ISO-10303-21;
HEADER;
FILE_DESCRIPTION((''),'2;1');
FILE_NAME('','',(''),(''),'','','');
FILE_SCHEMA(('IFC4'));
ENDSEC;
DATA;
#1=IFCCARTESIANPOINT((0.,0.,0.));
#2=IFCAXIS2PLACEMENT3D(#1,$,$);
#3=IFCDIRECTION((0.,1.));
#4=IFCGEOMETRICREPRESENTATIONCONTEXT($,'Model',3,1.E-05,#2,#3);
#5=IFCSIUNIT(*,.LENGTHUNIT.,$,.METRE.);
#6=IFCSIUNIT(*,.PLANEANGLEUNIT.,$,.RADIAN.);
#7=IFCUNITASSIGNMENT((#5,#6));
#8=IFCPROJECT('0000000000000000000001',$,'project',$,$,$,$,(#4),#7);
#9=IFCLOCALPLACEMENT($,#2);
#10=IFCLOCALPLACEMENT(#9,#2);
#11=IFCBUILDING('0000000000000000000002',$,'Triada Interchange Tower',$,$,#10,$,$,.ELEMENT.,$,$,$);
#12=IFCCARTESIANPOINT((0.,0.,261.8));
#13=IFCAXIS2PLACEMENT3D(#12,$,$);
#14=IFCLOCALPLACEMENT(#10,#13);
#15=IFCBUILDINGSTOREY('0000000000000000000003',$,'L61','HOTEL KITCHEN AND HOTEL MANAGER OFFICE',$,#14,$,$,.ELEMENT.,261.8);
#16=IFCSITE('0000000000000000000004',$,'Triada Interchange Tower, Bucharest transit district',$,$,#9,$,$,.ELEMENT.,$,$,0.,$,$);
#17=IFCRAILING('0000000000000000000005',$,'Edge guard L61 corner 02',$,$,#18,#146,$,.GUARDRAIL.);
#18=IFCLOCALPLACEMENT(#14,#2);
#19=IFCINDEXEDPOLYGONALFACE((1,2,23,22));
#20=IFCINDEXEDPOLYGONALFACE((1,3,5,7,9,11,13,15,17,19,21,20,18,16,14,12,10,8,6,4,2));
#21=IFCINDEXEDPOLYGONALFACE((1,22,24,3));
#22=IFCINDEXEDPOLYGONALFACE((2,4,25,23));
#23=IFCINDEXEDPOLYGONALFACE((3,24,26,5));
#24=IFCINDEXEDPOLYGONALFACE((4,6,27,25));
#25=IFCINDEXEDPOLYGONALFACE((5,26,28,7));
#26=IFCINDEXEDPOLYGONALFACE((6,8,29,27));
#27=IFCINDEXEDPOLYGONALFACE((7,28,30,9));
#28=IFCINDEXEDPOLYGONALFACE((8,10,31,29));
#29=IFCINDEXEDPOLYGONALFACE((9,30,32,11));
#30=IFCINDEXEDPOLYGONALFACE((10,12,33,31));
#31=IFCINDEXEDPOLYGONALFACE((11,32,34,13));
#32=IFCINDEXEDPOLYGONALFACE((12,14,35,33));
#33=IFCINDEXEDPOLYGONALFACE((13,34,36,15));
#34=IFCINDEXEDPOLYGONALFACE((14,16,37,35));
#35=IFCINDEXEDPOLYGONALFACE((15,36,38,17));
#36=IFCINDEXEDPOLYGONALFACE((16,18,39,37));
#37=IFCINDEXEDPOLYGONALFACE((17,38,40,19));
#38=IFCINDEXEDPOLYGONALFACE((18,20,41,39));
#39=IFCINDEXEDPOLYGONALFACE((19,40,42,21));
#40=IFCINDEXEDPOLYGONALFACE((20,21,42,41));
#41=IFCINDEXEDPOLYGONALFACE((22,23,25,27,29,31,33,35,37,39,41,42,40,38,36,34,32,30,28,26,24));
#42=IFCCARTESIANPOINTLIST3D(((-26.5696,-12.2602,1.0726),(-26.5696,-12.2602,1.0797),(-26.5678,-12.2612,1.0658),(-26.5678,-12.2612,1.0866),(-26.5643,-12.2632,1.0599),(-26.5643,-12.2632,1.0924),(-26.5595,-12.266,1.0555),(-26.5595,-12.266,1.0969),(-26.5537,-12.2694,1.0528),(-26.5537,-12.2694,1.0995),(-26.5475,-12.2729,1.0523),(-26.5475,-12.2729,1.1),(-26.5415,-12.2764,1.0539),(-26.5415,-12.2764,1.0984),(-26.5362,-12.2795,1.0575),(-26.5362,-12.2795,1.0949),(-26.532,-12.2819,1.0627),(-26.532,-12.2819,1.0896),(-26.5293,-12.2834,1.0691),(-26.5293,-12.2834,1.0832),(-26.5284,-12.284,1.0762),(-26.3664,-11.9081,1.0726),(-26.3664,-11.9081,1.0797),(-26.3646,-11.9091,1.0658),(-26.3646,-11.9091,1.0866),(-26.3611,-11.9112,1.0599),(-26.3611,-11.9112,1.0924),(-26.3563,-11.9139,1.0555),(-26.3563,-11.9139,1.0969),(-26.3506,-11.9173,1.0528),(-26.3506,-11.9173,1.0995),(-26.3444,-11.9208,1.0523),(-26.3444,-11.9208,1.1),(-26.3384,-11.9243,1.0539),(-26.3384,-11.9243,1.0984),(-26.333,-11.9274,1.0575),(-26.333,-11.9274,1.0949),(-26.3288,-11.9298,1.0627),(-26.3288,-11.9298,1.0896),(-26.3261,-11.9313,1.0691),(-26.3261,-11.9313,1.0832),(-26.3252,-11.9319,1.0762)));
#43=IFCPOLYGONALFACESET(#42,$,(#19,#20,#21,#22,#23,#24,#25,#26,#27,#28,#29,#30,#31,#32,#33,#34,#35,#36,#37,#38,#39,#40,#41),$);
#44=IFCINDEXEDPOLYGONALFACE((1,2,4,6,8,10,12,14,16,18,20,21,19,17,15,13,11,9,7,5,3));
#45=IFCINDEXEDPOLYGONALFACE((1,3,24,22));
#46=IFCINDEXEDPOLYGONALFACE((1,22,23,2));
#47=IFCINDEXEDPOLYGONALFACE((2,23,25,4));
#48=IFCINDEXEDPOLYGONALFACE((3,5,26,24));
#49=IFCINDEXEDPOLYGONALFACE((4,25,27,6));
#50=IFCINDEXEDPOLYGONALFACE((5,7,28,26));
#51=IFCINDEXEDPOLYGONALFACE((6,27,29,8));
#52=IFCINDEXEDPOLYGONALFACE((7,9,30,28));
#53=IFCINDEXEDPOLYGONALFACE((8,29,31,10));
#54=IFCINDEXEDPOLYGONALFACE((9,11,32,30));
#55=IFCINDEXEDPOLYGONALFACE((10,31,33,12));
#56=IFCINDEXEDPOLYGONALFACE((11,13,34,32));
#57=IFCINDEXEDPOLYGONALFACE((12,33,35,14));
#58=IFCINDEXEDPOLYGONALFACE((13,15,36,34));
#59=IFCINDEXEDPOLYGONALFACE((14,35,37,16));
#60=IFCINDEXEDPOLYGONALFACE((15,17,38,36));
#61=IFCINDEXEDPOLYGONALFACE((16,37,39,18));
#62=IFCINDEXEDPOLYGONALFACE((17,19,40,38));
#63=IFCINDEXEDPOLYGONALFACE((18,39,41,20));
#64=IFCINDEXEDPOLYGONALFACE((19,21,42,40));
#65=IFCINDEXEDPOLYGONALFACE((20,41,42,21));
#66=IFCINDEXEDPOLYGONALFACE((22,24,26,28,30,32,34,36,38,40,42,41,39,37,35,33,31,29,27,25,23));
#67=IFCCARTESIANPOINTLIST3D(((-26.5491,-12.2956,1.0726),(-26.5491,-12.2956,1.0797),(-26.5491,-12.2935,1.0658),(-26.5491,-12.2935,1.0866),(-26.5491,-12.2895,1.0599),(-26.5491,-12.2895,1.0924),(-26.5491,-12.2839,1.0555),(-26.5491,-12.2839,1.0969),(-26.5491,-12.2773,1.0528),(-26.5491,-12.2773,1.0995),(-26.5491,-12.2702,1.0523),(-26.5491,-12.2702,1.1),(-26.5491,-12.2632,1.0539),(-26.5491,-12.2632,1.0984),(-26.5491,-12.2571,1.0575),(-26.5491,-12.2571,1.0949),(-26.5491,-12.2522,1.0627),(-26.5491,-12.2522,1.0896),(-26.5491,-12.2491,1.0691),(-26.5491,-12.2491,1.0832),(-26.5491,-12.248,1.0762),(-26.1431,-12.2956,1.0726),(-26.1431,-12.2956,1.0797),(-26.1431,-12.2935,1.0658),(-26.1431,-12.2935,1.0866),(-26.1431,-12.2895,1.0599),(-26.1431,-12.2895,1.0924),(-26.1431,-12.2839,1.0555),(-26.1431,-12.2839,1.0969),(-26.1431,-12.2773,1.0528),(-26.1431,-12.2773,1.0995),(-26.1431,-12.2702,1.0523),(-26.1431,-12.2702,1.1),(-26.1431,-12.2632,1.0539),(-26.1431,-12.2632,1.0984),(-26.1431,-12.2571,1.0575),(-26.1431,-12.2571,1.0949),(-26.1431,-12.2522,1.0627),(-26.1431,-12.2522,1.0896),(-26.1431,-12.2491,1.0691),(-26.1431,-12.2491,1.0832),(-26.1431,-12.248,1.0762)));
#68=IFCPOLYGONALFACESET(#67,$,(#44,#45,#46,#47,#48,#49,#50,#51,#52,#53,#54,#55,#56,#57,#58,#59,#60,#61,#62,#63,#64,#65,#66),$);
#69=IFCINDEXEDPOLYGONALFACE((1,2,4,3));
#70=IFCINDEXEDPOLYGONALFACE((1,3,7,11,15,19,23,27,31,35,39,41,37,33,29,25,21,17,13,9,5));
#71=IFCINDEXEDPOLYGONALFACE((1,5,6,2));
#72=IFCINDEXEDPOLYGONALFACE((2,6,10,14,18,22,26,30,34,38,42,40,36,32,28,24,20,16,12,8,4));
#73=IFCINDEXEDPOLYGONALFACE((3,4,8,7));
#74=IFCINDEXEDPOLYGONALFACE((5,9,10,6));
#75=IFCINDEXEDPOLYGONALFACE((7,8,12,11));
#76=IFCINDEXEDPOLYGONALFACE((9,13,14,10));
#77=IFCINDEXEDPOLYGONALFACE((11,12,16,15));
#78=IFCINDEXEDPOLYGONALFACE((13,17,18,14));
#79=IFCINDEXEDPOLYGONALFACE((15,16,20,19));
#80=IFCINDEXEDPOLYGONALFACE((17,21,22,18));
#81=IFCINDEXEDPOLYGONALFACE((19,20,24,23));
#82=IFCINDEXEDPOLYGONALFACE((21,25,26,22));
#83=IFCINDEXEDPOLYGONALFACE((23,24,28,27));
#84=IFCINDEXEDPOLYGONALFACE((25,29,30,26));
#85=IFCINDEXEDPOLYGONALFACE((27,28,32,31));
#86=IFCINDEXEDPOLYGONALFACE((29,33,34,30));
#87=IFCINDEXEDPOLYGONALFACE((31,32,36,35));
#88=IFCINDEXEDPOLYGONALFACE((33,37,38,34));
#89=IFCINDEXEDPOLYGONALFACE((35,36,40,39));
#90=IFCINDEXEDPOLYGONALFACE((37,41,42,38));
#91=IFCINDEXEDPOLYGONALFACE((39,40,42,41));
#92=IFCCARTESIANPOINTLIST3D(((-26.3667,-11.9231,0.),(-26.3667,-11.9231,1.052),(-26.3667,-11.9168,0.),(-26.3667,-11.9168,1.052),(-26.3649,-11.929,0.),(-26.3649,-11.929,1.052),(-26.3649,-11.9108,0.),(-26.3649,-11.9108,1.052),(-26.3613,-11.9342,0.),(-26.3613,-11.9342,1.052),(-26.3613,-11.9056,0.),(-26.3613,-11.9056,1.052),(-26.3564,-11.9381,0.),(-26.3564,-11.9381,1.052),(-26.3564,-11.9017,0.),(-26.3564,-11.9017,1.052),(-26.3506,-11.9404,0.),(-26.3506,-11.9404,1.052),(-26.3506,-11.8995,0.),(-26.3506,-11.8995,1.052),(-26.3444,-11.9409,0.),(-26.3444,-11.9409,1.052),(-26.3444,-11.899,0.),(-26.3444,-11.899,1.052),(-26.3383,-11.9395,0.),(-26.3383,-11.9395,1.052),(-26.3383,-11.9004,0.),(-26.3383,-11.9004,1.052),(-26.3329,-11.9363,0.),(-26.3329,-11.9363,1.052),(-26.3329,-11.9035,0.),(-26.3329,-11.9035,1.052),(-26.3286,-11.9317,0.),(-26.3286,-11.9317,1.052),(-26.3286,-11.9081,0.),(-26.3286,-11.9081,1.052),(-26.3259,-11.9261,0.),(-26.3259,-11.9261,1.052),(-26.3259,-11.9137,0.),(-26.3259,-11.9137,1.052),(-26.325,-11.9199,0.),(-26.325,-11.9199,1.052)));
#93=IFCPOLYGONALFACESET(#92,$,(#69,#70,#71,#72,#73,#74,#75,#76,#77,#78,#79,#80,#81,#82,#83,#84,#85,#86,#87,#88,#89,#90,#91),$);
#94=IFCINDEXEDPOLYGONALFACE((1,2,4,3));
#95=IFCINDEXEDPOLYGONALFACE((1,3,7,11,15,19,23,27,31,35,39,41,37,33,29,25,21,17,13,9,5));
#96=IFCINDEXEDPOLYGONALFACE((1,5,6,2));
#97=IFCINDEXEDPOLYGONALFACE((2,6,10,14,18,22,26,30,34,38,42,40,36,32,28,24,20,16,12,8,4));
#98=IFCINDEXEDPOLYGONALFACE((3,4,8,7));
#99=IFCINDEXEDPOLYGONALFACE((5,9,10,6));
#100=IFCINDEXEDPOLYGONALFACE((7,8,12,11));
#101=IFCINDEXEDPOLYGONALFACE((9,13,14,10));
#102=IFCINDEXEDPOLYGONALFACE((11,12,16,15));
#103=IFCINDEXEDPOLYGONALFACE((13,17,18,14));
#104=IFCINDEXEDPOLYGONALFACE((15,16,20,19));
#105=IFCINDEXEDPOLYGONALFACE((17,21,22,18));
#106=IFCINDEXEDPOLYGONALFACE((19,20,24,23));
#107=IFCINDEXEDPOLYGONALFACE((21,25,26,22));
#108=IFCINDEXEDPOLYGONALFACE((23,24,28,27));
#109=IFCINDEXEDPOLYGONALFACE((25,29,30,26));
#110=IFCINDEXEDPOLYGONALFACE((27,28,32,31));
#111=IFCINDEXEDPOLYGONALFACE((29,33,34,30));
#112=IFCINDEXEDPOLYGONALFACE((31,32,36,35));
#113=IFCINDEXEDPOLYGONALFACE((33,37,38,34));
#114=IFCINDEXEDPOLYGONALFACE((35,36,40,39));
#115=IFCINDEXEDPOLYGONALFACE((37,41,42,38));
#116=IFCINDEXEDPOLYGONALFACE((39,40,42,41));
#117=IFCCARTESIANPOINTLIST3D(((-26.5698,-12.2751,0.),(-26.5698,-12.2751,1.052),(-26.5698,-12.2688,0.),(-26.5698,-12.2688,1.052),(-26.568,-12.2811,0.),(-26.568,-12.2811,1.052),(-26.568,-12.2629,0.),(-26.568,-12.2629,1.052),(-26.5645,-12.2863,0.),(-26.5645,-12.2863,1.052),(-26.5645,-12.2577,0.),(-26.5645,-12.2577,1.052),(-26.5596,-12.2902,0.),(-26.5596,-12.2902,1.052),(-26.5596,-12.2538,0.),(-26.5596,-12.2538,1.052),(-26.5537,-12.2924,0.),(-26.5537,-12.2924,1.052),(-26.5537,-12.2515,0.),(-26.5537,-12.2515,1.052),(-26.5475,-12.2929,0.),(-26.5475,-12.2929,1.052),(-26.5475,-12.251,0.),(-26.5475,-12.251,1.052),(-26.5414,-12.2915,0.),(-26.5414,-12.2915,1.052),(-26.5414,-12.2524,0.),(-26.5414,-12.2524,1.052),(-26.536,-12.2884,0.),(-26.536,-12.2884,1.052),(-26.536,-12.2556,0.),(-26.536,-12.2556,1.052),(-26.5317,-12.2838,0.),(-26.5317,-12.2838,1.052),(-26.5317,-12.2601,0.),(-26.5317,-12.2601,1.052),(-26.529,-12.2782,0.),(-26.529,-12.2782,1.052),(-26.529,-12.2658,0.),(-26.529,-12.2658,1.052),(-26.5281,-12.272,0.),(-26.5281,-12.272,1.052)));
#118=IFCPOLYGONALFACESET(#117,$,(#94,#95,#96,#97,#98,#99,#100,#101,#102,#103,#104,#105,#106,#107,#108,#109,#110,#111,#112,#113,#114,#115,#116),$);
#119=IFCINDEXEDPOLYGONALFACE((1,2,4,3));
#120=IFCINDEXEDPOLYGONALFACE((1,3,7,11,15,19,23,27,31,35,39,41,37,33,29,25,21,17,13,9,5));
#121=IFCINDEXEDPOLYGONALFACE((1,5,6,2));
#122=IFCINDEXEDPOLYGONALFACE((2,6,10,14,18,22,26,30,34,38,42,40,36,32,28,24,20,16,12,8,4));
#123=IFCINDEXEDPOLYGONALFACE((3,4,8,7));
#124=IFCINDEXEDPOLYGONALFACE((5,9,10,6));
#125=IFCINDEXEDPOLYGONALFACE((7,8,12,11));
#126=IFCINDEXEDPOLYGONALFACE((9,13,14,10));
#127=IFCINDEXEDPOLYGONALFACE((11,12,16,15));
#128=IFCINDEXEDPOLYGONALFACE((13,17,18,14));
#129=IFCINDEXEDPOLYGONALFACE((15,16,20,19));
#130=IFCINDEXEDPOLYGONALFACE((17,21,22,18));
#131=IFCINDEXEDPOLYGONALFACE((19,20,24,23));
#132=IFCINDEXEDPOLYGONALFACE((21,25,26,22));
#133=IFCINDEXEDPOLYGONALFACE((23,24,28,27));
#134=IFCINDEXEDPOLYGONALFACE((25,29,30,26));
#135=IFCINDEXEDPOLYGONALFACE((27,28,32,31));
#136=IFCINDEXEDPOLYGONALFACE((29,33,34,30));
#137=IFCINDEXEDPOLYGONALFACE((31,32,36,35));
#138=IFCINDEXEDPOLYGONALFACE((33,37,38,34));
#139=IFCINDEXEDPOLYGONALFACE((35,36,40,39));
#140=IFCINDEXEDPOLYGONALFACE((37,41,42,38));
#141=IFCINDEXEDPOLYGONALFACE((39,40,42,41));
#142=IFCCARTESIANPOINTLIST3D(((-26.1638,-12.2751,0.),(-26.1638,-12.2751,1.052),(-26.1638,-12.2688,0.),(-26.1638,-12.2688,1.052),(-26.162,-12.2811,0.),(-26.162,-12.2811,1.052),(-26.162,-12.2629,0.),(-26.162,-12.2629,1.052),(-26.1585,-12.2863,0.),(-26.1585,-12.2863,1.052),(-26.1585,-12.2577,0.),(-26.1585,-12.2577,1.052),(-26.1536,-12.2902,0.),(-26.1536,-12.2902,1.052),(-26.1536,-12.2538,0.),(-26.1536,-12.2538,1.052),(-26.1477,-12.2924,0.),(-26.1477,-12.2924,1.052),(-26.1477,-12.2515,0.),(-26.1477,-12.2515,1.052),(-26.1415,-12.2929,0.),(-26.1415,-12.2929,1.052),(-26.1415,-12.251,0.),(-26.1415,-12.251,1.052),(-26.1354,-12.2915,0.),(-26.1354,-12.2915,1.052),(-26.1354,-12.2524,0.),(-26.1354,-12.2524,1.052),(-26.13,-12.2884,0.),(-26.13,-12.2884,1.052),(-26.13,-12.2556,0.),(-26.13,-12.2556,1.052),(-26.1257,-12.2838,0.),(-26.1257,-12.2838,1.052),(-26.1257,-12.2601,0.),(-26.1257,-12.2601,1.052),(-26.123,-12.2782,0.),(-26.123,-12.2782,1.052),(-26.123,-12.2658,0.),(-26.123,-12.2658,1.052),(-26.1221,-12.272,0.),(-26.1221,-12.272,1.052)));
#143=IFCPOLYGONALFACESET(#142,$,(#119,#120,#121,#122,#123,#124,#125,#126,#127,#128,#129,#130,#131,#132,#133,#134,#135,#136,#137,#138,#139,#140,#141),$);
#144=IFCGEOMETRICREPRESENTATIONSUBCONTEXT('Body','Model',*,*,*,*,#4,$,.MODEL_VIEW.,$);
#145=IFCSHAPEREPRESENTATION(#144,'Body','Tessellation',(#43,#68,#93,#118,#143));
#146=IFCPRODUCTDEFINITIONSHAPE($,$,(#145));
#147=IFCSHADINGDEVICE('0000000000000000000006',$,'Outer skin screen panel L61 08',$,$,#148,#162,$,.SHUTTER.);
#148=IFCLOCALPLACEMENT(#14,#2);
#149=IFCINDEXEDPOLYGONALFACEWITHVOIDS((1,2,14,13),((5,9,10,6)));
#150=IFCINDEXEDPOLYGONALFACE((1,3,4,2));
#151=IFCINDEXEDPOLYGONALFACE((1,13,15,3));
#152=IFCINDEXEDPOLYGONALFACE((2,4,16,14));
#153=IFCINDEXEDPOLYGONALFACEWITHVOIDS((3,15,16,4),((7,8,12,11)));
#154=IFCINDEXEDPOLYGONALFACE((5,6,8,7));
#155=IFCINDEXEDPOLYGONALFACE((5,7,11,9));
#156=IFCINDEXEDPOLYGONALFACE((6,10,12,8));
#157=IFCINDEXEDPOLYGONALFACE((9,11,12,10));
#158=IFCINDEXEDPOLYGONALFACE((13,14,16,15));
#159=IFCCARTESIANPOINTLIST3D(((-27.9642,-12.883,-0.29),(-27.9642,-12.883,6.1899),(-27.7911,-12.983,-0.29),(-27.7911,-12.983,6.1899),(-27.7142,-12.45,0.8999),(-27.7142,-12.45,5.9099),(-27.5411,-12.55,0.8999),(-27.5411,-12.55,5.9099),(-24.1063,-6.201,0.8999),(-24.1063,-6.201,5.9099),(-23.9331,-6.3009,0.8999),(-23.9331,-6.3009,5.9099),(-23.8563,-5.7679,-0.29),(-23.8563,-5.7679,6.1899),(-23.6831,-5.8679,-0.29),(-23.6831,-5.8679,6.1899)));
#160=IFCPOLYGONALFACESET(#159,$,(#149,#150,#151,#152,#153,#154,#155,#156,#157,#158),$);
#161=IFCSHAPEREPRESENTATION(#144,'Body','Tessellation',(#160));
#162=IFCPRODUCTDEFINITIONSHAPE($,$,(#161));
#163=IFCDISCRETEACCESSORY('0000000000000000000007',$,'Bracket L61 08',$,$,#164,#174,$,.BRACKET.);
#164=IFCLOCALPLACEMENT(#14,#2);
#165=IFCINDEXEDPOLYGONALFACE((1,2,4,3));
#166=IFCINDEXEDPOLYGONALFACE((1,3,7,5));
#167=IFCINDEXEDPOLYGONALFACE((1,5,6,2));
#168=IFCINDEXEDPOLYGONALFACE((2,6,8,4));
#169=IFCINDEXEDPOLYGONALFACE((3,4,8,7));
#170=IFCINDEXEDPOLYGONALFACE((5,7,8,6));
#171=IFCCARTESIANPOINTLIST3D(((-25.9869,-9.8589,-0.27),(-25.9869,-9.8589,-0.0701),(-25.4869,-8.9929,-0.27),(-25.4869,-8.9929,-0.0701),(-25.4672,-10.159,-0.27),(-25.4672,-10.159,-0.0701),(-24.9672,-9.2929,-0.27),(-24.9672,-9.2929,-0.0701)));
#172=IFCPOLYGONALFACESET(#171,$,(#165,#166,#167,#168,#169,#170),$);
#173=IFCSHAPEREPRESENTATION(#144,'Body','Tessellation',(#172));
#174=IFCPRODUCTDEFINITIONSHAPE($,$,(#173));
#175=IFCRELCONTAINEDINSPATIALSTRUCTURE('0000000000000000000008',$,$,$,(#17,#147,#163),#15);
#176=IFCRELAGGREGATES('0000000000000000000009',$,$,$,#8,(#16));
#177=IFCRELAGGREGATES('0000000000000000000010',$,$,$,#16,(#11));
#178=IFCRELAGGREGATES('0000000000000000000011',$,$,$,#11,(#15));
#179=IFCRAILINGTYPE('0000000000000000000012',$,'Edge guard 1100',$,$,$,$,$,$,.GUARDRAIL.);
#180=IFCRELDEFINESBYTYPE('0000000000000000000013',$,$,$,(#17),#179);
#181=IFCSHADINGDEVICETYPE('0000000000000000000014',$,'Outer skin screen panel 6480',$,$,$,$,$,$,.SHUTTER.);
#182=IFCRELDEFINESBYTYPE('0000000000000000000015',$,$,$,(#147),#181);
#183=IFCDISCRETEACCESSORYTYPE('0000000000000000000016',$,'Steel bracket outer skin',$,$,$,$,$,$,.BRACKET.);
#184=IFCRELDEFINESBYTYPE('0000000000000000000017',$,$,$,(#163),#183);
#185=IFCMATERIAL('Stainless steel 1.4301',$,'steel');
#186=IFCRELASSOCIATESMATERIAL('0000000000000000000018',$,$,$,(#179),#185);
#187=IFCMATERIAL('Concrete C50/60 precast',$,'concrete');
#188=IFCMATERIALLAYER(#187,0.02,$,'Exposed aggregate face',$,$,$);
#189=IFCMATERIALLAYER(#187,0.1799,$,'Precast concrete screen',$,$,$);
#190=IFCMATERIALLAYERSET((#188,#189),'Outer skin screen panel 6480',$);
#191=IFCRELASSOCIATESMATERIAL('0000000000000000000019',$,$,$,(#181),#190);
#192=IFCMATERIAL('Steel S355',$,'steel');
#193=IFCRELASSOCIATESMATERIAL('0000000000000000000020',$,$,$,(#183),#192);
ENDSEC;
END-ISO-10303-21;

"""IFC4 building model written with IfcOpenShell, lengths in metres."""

from ifc_helpers import new_model, si_unit, direction, frame, origin, origin_2d, place, context, subcontext, project, spatial, polyline, rectangle, circle, outline, extrude, material, layer, layer_set, type_object, element, save


model = new_model("IFC4")

# Units and contexts
model_context = context("Model", 3, precision=1e-05, world=origin(), true_north=direction((0.0, 1.0)))
body_context = subcontext(model_context, "Body", "Model", "MODEL_VIEW")
ifc_project = project(units=[si_unit("LENGTHUNIT", "METRE"), si_unit("PLANEANGLEUNIT", "RADIAN")], contexts=[model_context])

# Site, building, storey
site_placement = place(None, origin())
site = spatial("IfcSite", under=ifc_project, at=site_placement, Name="Triada Interchange Tower, Bucharest transit district", CompositionType="ELEMENT", RefElevation=0.0)
building_placement = place(site_placement, origin())
building = spatial("IfcBuilding", under=site, at=building_placement, Name="Triada Interchange Tower", CompositionType="ELEMENT")
storey_placement = place(building_placement, frame((0.0, 0.0, 261.8)))
storey = spatial("IfcBuildingStorey", under=building, at=storey_placement, Name="L61", Description="HOTEL KITCHEN AND HOTEL MANAGER OFFICE", CompositionType="ELEMENT", Elevation=261.8)

# Railing
ifc_material_1 = material(Name="Stainless steel 1.4301", Category="steel")
railing_type = type_object("IfcRailingType", Name="Edge guard 1100", PredefinedType="GUARDRAIL", material=ifc_material_1)
railing_placement = place(storey_placement, frame((-26.3459, -11.9199, 0.0)))
element("IfcRailing", 1, at=railing_placement, inside=storey, type_object=railing_type, Name="Edge guard L61 corner 02", PredefinedType="GUARDRAIL", context=body_context, shape_type="SweptSolid", body=[
    extrude(circle(Radius=0.0239, at=origin_2d()), frame((0.0, 0.0, 1.0762), z_axis=(-0.499757, -0.866166, 0.0), x_axis=(0.866166, -0.499757, 0.0)), (0.0, 0.0, 1.0), 0.4065),
    extrude(circle(Radius=0.0239, at=origin_2d()), frame((-0.2031, -0.3521, 1.0762), z_axis=(1.0, 0.0, 0.0), x_axis=(0.0, 1.0, 0.0)), (0.0, 0.0, 1.0), 0.406),
    extrude(circle(Radius=0.021, at=origin_2d()), origin(), (0.0, 0.0, 1.0), 1.052),
    extrude(circle(Radius=0.021, at=origin_2d()), frame((-0.2031, -0.3521, 0.0)), (0.0, 0.0, 1.0), 1.052),
    extrude(circle(Radius=0.021, at=origin_2d()), frame((0.2029, -0.3521, 0.0)), (0.0, 0.0, 1.0), 1.052),
])

# Shading device
ifc_material_2 = material(Name="Concrete C50/60 precast", Category="concrete")
ifc_layer_1 = layer(ifc_material_2, 0.02, Name="Exposed aggregate face")
ifc_layer_2 = layer(ifc_material_2, 0.1799, Name="Precast concrete screen")
ifc_layer_set_1 = layer_set([ifc_layer_1, ifc_layer_2], Name="Outer skin screen panel 6480")
shading_device_type = type_object("IfcShadingDeviceType", Name="Outer skin screen panel 6480", PredefinedType="SHUTTER", material=ifc_layer_set_1)
shading_device_placement = place(storey_placement, frame((-23.6831, -5.8679, -0.29), z_axis=(0.0, 0.0, 1.0), x_axis=(-0.500006, -0.866022, 0.0)))
element("IfcShadingDevice", 2, at=shading_device_placement, inside=storey, type_object=shading_device_type, Name="Outer skin screen panel L61 08", PredefinedType="SHUTTER", context=body_context, shape_type="SweptSolid", body=[
    extrude(outline(polyline([(0.0, 0.0), (8.2158, 0.0), (8.2158, 6.48), (0.0, 6.48), (0.0, 0.0)]), holes=[polyline([(0.5, 1.1899), (0.5, 6.2), (7.7158, 6.2), (7.7158, 1.1899), (0.5, 1.1899)])]), frame((0.0, 0.0, 0.0), z_axis=(0.0, -1.0, 0.0), x_axis=(1.0, 0.0, 0.0)), (0.0, 0.0, 1.0), 0.2),
])

# Discrete accessory
ifc_material_3 = material(Name="Steel S355", Category="steel")
discrete_accessory_type = type_object("IfcDiscreteAccessoryType", Name="Steel bracket outer skin", PredefinedType="BRACKET", material=ifc_material_3)
discrete_accessory_placement = place(storey_placement, frame((-25.4771, -9.5759, -0.27), z_axis=(0.0, 0.0, 1.0), x_axis=(-0.866018, 0.500013, 0.0)))
element("IfcDiscreteAccessory", 3, at=discrete_accessory_placement, inside=storey, type_object=discrete_accessory_type, Name="Bracket L61 08", PredefinedType="BRACKET", context=body_context, shape_type="SweptSolid", body=[
    extrude(rectangle(XDim=0.6001, YDim=1.0, at=origin_2d()), origin(), (0.0, 0.0, 1.0), 0.2),
])

save(model, "model.ifc")
